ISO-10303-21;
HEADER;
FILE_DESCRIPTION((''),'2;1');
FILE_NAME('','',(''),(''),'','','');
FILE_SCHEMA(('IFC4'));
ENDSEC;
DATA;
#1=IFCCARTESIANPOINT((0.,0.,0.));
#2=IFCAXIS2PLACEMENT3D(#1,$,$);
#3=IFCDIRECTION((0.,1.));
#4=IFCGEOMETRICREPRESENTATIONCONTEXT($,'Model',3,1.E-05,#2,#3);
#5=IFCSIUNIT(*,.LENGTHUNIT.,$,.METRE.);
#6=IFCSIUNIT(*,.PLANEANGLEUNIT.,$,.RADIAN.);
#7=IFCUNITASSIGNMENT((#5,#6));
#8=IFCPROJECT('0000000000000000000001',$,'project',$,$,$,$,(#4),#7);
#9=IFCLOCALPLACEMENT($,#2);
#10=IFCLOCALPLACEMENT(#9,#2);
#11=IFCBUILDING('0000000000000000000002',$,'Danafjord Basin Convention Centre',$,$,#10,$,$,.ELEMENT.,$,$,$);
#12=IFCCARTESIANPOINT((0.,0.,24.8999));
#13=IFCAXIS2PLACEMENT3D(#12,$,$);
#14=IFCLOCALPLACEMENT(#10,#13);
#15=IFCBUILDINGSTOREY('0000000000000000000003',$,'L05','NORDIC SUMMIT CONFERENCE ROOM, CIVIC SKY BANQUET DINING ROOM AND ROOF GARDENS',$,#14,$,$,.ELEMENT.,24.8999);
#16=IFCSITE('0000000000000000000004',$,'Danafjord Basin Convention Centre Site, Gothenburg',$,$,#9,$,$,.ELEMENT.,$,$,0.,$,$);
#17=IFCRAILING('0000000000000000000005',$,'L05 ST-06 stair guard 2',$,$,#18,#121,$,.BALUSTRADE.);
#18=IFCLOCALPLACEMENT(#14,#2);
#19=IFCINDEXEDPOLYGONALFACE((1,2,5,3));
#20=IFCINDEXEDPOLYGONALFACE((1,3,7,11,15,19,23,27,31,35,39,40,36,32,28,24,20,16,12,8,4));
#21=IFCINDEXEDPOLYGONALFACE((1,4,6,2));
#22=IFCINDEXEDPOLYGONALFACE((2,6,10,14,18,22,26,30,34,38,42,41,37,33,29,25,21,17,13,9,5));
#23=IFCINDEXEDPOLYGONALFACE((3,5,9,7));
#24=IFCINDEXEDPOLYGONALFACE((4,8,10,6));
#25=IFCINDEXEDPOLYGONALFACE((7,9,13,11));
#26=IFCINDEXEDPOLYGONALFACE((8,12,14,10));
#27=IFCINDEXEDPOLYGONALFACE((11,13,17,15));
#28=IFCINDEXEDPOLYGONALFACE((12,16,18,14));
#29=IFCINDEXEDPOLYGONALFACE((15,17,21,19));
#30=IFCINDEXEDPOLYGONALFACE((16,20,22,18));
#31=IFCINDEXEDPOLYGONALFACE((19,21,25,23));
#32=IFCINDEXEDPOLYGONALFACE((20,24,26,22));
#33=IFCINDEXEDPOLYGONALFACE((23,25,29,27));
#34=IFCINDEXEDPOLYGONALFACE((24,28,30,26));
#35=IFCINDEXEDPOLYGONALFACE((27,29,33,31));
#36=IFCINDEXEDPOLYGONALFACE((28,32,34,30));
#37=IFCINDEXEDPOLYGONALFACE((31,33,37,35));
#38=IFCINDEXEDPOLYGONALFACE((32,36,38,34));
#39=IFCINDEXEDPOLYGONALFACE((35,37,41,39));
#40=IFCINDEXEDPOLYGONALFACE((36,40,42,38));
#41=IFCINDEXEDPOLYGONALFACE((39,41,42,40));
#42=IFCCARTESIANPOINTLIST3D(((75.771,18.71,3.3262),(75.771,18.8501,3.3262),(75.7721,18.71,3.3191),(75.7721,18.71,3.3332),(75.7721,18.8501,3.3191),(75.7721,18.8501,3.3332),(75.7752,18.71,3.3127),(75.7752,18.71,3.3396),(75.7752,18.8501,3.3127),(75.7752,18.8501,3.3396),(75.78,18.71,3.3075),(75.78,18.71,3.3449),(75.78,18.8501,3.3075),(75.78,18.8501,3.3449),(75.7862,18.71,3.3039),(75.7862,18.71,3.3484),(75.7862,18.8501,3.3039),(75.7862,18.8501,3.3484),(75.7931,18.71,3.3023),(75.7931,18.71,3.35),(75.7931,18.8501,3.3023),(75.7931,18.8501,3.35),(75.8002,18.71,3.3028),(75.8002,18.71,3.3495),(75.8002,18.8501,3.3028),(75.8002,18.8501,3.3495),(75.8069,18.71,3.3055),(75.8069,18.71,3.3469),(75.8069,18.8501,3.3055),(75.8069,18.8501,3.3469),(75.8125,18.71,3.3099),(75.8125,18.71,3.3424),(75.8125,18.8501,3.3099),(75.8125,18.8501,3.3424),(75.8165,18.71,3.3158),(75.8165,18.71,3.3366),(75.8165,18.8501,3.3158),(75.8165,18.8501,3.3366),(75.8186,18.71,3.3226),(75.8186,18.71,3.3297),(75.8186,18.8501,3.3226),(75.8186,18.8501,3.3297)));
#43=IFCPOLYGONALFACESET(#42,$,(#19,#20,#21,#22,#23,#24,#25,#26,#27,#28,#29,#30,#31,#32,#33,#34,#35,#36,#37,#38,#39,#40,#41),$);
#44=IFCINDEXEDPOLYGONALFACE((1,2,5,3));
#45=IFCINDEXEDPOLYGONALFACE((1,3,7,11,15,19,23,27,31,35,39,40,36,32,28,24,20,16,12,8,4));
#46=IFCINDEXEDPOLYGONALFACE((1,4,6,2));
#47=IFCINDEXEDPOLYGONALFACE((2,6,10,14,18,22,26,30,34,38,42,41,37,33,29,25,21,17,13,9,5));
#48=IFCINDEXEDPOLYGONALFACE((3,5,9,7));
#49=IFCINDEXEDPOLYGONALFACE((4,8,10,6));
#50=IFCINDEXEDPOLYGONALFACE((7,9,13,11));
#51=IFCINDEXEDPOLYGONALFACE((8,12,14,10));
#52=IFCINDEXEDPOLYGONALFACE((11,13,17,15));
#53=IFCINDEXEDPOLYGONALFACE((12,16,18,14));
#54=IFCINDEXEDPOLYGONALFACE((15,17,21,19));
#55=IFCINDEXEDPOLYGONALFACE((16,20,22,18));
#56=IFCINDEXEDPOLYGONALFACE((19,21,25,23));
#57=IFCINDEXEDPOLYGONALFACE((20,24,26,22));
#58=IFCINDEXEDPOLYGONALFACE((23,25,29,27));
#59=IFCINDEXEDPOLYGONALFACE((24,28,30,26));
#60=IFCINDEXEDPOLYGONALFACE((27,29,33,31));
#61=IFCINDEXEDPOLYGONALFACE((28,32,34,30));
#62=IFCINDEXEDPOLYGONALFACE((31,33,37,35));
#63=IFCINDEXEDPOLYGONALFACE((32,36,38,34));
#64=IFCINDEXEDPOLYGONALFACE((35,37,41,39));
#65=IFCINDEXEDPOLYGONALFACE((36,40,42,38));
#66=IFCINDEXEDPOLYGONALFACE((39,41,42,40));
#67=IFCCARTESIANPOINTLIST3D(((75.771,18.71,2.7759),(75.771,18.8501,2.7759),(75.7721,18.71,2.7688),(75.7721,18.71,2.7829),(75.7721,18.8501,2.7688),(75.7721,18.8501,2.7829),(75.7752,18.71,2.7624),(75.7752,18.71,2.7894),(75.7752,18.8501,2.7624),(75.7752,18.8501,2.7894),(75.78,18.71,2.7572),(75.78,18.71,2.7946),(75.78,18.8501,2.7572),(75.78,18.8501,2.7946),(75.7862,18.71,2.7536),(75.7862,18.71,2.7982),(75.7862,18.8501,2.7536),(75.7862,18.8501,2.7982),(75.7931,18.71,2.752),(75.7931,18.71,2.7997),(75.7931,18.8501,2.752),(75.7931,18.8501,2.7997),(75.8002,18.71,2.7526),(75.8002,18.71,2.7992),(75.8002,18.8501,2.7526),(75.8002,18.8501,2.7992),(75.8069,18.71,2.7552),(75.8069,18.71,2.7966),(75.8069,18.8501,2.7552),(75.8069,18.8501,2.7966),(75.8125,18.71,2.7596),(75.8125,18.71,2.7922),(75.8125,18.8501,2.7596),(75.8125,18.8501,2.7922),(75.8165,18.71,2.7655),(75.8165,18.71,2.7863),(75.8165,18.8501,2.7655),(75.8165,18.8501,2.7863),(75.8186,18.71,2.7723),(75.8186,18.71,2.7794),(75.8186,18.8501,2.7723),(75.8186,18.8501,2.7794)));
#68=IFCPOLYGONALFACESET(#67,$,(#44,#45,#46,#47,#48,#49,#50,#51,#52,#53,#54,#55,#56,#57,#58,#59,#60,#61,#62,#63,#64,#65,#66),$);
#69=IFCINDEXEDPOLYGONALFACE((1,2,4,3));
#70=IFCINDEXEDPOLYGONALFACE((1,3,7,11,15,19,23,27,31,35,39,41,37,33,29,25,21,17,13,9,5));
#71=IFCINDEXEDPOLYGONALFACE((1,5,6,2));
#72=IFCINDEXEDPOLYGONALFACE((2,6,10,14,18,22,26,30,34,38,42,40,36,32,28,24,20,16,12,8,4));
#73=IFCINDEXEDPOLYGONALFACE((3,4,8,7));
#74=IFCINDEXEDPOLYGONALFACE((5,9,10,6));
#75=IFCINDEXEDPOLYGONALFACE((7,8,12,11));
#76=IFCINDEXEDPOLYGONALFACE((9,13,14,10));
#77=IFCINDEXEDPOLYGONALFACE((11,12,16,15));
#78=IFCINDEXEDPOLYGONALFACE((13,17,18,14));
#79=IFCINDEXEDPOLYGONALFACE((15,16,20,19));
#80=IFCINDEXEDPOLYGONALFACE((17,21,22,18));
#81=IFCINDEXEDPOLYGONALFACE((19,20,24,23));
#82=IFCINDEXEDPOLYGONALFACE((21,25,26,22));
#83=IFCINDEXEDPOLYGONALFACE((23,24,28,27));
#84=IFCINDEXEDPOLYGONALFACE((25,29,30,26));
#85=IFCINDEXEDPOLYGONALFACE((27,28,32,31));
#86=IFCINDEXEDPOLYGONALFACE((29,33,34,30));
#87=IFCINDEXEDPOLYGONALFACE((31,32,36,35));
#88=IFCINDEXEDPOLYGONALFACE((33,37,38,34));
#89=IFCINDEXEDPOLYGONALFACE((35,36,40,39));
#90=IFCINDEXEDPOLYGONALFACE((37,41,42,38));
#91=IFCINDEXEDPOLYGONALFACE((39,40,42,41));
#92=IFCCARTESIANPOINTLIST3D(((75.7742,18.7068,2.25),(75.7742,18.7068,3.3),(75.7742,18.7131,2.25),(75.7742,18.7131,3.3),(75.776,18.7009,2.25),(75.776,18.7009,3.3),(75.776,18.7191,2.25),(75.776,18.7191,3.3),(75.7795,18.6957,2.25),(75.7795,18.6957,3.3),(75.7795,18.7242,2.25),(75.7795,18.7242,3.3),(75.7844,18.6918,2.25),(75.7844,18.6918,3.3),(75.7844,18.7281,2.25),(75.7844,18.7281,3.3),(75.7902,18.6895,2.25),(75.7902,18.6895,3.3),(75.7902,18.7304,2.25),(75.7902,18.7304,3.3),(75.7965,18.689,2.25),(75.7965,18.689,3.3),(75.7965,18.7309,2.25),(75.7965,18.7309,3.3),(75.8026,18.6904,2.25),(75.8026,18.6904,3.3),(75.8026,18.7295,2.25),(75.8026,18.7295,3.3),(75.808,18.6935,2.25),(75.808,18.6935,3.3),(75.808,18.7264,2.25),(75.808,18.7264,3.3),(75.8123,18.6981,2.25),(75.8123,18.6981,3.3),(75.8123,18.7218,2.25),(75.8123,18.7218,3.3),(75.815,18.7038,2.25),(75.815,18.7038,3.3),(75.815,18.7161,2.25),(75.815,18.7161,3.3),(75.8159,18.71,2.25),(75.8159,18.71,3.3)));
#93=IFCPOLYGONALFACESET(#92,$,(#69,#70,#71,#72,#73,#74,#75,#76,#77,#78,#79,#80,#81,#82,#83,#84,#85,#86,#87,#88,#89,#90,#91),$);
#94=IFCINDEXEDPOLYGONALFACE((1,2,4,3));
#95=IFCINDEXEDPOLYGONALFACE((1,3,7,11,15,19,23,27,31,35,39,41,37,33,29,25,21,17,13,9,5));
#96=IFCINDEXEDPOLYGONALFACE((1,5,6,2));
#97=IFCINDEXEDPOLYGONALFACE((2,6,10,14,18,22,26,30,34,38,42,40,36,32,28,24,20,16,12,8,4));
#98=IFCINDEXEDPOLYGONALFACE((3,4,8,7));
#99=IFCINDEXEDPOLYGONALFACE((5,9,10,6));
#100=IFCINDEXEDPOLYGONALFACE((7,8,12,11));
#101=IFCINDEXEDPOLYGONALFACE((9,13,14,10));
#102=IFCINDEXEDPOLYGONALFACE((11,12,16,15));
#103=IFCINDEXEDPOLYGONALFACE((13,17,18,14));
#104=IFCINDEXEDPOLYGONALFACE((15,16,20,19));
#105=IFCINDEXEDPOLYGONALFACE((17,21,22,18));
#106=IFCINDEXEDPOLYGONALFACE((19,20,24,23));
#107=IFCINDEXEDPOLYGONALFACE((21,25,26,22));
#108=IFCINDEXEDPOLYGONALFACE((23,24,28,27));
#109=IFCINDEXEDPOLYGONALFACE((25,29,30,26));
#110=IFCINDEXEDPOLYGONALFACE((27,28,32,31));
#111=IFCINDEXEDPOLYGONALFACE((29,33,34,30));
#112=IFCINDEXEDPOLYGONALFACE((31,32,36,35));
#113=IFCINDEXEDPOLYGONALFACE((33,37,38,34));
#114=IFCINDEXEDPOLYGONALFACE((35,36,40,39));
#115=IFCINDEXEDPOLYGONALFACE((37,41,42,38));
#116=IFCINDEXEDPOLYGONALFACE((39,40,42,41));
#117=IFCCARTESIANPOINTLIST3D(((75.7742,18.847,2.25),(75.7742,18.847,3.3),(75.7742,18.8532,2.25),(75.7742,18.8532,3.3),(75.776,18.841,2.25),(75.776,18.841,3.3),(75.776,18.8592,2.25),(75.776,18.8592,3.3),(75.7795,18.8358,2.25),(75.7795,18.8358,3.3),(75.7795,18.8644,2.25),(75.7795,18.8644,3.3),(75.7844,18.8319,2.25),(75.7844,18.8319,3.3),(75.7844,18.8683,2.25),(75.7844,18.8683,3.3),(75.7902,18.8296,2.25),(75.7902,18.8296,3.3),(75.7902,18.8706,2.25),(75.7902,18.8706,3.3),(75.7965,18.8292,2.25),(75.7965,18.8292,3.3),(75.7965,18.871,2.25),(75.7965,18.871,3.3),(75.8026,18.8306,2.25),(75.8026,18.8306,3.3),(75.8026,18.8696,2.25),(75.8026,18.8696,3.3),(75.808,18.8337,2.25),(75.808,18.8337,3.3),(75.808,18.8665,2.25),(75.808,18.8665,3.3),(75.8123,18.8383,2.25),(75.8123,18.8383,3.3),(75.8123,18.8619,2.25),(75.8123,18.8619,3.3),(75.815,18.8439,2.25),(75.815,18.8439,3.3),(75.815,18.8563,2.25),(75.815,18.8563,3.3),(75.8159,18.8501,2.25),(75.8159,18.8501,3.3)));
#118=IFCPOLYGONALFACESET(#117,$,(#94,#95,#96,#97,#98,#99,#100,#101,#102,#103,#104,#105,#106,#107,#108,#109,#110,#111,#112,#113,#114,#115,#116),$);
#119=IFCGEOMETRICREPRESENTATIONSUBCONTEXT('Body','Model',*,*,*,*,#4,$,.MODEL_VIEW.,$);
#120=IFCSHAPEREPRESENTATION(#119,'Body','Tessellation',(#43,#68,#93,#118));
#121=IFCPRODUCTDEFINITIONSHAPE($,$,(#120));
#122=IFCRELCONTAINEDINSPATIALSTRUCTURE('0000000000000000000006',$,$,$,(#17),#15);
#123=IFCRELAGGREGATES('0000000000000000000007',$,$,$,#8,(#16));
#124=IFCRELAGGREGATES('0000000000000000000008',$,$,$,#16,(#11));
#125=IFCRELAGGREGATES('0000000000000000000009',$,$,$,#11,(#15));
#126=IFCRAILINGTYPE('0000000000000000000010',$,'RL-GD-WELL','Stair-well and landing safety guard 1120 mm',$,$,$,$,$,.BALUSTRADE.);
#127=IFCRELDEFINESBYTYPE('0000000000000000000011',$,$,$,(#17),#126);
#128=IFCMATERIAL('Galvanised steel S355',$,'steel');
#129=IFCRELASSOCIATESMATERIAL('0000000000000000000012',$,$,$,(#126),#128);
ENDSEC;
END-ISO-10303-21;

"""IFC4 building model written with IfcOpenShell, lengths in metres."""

from ifc_helpers import new_model, si_unit, direction, frame, origin, origin_2d, place, context, subcontext, project, spatial, circle, extrude, material, type_object, element, save


model = new_model("IFC4")

# Units and contexts
model_context = context("Model", 3, precision=1e-05, world=origin(), true_north=direction((0.0, 1.0)))
body_context = subcontext(model_context, "Body", "Model", "MODEL_VIEW")
ifc_project = project(units=[si_unit("LENGTHUNIT", "METRE"), si_unit("PLANEANGLEUNIT", "RADIAN")], contexts=[model_context])

# Site, building, storey
site_placement = place(None, origin())
site = spatial("IfcSite", under=ifc_project, at=site_placement, Name="Danafjord Basin Convention Centre Site, Gothenburg", CompositionType="ELEMENT", RefElevation=0.0)
building_placement = place(site_placement, origin())
building = spatial("IfcBuilding", under=site, at=building_placement, Name="Danafjord Basin Convention Centre", CompositionType="ELEMENT")
storey_placement = place(building_placement, frame((0.0, 0.0, 24.8999)))
storey = spatial("IfcBuildingStorey", under=building, at=storey_placement, Name="L05", Description="NORDIC SUMMIT CONFERENCE ROOM, CIVIC SKY BANQUET DINING ROOM AND ROOF GARDENS", CompositionType="ELEMENT", Elevation=24.8999)

# Railing
ifc_material_1 = material(Name="Galvanised steel S355", Category="steel")
railing_type_1 = type_object("IfcRailingType", Name="RL-GD-WELL", Description="Stair-well and landing safety guard 1120 mm", PredefinedType="BALUSTRADE", material=ifc_material_1)
railing_1_placement = place(storey_placement, frame((75.7949, 18.71, 2.25)))
element("IfcRailing", 1, at=railing_1_placement, inside=storey, type_object=railing_type_1, Name="L05 ST-06 stair guard 2", PredefinedType="BALUSTRADE", context=body_context, shape_type="SweptSolid", body=[
    extrude(circle(Radius=0.0239, at=origin_2d()), frame((0.0, 0.0, 1.0762), z_axis=(0.0, 1.0, 0.0), x_axis=(-1.0, 0.0, 0.0)), (0.0, 0.0, 1.0), 0.1401),
    extrude(circle(Radius=0.0239, at=origin_2d()), frame((0.0, 0.0, 0.5259), z_axis=(0.0, 1.0, 0.0), x_axis=(-1.0, 0.0, 0.0)), (0.0, 0.0, 1.0), 0.1401),
    extrude(circle(Radius=0.021, at=origin_2d()), origin(), (0.0, 0.0, 1.0), 1.05),
    extrude(circle(Radius=0.021, at=origin_2d()), frame((0.0, 0.1401, 0.0)), (0.0, 0.0, 1.0), 1.05),
])

save(model, "model.ifc")
